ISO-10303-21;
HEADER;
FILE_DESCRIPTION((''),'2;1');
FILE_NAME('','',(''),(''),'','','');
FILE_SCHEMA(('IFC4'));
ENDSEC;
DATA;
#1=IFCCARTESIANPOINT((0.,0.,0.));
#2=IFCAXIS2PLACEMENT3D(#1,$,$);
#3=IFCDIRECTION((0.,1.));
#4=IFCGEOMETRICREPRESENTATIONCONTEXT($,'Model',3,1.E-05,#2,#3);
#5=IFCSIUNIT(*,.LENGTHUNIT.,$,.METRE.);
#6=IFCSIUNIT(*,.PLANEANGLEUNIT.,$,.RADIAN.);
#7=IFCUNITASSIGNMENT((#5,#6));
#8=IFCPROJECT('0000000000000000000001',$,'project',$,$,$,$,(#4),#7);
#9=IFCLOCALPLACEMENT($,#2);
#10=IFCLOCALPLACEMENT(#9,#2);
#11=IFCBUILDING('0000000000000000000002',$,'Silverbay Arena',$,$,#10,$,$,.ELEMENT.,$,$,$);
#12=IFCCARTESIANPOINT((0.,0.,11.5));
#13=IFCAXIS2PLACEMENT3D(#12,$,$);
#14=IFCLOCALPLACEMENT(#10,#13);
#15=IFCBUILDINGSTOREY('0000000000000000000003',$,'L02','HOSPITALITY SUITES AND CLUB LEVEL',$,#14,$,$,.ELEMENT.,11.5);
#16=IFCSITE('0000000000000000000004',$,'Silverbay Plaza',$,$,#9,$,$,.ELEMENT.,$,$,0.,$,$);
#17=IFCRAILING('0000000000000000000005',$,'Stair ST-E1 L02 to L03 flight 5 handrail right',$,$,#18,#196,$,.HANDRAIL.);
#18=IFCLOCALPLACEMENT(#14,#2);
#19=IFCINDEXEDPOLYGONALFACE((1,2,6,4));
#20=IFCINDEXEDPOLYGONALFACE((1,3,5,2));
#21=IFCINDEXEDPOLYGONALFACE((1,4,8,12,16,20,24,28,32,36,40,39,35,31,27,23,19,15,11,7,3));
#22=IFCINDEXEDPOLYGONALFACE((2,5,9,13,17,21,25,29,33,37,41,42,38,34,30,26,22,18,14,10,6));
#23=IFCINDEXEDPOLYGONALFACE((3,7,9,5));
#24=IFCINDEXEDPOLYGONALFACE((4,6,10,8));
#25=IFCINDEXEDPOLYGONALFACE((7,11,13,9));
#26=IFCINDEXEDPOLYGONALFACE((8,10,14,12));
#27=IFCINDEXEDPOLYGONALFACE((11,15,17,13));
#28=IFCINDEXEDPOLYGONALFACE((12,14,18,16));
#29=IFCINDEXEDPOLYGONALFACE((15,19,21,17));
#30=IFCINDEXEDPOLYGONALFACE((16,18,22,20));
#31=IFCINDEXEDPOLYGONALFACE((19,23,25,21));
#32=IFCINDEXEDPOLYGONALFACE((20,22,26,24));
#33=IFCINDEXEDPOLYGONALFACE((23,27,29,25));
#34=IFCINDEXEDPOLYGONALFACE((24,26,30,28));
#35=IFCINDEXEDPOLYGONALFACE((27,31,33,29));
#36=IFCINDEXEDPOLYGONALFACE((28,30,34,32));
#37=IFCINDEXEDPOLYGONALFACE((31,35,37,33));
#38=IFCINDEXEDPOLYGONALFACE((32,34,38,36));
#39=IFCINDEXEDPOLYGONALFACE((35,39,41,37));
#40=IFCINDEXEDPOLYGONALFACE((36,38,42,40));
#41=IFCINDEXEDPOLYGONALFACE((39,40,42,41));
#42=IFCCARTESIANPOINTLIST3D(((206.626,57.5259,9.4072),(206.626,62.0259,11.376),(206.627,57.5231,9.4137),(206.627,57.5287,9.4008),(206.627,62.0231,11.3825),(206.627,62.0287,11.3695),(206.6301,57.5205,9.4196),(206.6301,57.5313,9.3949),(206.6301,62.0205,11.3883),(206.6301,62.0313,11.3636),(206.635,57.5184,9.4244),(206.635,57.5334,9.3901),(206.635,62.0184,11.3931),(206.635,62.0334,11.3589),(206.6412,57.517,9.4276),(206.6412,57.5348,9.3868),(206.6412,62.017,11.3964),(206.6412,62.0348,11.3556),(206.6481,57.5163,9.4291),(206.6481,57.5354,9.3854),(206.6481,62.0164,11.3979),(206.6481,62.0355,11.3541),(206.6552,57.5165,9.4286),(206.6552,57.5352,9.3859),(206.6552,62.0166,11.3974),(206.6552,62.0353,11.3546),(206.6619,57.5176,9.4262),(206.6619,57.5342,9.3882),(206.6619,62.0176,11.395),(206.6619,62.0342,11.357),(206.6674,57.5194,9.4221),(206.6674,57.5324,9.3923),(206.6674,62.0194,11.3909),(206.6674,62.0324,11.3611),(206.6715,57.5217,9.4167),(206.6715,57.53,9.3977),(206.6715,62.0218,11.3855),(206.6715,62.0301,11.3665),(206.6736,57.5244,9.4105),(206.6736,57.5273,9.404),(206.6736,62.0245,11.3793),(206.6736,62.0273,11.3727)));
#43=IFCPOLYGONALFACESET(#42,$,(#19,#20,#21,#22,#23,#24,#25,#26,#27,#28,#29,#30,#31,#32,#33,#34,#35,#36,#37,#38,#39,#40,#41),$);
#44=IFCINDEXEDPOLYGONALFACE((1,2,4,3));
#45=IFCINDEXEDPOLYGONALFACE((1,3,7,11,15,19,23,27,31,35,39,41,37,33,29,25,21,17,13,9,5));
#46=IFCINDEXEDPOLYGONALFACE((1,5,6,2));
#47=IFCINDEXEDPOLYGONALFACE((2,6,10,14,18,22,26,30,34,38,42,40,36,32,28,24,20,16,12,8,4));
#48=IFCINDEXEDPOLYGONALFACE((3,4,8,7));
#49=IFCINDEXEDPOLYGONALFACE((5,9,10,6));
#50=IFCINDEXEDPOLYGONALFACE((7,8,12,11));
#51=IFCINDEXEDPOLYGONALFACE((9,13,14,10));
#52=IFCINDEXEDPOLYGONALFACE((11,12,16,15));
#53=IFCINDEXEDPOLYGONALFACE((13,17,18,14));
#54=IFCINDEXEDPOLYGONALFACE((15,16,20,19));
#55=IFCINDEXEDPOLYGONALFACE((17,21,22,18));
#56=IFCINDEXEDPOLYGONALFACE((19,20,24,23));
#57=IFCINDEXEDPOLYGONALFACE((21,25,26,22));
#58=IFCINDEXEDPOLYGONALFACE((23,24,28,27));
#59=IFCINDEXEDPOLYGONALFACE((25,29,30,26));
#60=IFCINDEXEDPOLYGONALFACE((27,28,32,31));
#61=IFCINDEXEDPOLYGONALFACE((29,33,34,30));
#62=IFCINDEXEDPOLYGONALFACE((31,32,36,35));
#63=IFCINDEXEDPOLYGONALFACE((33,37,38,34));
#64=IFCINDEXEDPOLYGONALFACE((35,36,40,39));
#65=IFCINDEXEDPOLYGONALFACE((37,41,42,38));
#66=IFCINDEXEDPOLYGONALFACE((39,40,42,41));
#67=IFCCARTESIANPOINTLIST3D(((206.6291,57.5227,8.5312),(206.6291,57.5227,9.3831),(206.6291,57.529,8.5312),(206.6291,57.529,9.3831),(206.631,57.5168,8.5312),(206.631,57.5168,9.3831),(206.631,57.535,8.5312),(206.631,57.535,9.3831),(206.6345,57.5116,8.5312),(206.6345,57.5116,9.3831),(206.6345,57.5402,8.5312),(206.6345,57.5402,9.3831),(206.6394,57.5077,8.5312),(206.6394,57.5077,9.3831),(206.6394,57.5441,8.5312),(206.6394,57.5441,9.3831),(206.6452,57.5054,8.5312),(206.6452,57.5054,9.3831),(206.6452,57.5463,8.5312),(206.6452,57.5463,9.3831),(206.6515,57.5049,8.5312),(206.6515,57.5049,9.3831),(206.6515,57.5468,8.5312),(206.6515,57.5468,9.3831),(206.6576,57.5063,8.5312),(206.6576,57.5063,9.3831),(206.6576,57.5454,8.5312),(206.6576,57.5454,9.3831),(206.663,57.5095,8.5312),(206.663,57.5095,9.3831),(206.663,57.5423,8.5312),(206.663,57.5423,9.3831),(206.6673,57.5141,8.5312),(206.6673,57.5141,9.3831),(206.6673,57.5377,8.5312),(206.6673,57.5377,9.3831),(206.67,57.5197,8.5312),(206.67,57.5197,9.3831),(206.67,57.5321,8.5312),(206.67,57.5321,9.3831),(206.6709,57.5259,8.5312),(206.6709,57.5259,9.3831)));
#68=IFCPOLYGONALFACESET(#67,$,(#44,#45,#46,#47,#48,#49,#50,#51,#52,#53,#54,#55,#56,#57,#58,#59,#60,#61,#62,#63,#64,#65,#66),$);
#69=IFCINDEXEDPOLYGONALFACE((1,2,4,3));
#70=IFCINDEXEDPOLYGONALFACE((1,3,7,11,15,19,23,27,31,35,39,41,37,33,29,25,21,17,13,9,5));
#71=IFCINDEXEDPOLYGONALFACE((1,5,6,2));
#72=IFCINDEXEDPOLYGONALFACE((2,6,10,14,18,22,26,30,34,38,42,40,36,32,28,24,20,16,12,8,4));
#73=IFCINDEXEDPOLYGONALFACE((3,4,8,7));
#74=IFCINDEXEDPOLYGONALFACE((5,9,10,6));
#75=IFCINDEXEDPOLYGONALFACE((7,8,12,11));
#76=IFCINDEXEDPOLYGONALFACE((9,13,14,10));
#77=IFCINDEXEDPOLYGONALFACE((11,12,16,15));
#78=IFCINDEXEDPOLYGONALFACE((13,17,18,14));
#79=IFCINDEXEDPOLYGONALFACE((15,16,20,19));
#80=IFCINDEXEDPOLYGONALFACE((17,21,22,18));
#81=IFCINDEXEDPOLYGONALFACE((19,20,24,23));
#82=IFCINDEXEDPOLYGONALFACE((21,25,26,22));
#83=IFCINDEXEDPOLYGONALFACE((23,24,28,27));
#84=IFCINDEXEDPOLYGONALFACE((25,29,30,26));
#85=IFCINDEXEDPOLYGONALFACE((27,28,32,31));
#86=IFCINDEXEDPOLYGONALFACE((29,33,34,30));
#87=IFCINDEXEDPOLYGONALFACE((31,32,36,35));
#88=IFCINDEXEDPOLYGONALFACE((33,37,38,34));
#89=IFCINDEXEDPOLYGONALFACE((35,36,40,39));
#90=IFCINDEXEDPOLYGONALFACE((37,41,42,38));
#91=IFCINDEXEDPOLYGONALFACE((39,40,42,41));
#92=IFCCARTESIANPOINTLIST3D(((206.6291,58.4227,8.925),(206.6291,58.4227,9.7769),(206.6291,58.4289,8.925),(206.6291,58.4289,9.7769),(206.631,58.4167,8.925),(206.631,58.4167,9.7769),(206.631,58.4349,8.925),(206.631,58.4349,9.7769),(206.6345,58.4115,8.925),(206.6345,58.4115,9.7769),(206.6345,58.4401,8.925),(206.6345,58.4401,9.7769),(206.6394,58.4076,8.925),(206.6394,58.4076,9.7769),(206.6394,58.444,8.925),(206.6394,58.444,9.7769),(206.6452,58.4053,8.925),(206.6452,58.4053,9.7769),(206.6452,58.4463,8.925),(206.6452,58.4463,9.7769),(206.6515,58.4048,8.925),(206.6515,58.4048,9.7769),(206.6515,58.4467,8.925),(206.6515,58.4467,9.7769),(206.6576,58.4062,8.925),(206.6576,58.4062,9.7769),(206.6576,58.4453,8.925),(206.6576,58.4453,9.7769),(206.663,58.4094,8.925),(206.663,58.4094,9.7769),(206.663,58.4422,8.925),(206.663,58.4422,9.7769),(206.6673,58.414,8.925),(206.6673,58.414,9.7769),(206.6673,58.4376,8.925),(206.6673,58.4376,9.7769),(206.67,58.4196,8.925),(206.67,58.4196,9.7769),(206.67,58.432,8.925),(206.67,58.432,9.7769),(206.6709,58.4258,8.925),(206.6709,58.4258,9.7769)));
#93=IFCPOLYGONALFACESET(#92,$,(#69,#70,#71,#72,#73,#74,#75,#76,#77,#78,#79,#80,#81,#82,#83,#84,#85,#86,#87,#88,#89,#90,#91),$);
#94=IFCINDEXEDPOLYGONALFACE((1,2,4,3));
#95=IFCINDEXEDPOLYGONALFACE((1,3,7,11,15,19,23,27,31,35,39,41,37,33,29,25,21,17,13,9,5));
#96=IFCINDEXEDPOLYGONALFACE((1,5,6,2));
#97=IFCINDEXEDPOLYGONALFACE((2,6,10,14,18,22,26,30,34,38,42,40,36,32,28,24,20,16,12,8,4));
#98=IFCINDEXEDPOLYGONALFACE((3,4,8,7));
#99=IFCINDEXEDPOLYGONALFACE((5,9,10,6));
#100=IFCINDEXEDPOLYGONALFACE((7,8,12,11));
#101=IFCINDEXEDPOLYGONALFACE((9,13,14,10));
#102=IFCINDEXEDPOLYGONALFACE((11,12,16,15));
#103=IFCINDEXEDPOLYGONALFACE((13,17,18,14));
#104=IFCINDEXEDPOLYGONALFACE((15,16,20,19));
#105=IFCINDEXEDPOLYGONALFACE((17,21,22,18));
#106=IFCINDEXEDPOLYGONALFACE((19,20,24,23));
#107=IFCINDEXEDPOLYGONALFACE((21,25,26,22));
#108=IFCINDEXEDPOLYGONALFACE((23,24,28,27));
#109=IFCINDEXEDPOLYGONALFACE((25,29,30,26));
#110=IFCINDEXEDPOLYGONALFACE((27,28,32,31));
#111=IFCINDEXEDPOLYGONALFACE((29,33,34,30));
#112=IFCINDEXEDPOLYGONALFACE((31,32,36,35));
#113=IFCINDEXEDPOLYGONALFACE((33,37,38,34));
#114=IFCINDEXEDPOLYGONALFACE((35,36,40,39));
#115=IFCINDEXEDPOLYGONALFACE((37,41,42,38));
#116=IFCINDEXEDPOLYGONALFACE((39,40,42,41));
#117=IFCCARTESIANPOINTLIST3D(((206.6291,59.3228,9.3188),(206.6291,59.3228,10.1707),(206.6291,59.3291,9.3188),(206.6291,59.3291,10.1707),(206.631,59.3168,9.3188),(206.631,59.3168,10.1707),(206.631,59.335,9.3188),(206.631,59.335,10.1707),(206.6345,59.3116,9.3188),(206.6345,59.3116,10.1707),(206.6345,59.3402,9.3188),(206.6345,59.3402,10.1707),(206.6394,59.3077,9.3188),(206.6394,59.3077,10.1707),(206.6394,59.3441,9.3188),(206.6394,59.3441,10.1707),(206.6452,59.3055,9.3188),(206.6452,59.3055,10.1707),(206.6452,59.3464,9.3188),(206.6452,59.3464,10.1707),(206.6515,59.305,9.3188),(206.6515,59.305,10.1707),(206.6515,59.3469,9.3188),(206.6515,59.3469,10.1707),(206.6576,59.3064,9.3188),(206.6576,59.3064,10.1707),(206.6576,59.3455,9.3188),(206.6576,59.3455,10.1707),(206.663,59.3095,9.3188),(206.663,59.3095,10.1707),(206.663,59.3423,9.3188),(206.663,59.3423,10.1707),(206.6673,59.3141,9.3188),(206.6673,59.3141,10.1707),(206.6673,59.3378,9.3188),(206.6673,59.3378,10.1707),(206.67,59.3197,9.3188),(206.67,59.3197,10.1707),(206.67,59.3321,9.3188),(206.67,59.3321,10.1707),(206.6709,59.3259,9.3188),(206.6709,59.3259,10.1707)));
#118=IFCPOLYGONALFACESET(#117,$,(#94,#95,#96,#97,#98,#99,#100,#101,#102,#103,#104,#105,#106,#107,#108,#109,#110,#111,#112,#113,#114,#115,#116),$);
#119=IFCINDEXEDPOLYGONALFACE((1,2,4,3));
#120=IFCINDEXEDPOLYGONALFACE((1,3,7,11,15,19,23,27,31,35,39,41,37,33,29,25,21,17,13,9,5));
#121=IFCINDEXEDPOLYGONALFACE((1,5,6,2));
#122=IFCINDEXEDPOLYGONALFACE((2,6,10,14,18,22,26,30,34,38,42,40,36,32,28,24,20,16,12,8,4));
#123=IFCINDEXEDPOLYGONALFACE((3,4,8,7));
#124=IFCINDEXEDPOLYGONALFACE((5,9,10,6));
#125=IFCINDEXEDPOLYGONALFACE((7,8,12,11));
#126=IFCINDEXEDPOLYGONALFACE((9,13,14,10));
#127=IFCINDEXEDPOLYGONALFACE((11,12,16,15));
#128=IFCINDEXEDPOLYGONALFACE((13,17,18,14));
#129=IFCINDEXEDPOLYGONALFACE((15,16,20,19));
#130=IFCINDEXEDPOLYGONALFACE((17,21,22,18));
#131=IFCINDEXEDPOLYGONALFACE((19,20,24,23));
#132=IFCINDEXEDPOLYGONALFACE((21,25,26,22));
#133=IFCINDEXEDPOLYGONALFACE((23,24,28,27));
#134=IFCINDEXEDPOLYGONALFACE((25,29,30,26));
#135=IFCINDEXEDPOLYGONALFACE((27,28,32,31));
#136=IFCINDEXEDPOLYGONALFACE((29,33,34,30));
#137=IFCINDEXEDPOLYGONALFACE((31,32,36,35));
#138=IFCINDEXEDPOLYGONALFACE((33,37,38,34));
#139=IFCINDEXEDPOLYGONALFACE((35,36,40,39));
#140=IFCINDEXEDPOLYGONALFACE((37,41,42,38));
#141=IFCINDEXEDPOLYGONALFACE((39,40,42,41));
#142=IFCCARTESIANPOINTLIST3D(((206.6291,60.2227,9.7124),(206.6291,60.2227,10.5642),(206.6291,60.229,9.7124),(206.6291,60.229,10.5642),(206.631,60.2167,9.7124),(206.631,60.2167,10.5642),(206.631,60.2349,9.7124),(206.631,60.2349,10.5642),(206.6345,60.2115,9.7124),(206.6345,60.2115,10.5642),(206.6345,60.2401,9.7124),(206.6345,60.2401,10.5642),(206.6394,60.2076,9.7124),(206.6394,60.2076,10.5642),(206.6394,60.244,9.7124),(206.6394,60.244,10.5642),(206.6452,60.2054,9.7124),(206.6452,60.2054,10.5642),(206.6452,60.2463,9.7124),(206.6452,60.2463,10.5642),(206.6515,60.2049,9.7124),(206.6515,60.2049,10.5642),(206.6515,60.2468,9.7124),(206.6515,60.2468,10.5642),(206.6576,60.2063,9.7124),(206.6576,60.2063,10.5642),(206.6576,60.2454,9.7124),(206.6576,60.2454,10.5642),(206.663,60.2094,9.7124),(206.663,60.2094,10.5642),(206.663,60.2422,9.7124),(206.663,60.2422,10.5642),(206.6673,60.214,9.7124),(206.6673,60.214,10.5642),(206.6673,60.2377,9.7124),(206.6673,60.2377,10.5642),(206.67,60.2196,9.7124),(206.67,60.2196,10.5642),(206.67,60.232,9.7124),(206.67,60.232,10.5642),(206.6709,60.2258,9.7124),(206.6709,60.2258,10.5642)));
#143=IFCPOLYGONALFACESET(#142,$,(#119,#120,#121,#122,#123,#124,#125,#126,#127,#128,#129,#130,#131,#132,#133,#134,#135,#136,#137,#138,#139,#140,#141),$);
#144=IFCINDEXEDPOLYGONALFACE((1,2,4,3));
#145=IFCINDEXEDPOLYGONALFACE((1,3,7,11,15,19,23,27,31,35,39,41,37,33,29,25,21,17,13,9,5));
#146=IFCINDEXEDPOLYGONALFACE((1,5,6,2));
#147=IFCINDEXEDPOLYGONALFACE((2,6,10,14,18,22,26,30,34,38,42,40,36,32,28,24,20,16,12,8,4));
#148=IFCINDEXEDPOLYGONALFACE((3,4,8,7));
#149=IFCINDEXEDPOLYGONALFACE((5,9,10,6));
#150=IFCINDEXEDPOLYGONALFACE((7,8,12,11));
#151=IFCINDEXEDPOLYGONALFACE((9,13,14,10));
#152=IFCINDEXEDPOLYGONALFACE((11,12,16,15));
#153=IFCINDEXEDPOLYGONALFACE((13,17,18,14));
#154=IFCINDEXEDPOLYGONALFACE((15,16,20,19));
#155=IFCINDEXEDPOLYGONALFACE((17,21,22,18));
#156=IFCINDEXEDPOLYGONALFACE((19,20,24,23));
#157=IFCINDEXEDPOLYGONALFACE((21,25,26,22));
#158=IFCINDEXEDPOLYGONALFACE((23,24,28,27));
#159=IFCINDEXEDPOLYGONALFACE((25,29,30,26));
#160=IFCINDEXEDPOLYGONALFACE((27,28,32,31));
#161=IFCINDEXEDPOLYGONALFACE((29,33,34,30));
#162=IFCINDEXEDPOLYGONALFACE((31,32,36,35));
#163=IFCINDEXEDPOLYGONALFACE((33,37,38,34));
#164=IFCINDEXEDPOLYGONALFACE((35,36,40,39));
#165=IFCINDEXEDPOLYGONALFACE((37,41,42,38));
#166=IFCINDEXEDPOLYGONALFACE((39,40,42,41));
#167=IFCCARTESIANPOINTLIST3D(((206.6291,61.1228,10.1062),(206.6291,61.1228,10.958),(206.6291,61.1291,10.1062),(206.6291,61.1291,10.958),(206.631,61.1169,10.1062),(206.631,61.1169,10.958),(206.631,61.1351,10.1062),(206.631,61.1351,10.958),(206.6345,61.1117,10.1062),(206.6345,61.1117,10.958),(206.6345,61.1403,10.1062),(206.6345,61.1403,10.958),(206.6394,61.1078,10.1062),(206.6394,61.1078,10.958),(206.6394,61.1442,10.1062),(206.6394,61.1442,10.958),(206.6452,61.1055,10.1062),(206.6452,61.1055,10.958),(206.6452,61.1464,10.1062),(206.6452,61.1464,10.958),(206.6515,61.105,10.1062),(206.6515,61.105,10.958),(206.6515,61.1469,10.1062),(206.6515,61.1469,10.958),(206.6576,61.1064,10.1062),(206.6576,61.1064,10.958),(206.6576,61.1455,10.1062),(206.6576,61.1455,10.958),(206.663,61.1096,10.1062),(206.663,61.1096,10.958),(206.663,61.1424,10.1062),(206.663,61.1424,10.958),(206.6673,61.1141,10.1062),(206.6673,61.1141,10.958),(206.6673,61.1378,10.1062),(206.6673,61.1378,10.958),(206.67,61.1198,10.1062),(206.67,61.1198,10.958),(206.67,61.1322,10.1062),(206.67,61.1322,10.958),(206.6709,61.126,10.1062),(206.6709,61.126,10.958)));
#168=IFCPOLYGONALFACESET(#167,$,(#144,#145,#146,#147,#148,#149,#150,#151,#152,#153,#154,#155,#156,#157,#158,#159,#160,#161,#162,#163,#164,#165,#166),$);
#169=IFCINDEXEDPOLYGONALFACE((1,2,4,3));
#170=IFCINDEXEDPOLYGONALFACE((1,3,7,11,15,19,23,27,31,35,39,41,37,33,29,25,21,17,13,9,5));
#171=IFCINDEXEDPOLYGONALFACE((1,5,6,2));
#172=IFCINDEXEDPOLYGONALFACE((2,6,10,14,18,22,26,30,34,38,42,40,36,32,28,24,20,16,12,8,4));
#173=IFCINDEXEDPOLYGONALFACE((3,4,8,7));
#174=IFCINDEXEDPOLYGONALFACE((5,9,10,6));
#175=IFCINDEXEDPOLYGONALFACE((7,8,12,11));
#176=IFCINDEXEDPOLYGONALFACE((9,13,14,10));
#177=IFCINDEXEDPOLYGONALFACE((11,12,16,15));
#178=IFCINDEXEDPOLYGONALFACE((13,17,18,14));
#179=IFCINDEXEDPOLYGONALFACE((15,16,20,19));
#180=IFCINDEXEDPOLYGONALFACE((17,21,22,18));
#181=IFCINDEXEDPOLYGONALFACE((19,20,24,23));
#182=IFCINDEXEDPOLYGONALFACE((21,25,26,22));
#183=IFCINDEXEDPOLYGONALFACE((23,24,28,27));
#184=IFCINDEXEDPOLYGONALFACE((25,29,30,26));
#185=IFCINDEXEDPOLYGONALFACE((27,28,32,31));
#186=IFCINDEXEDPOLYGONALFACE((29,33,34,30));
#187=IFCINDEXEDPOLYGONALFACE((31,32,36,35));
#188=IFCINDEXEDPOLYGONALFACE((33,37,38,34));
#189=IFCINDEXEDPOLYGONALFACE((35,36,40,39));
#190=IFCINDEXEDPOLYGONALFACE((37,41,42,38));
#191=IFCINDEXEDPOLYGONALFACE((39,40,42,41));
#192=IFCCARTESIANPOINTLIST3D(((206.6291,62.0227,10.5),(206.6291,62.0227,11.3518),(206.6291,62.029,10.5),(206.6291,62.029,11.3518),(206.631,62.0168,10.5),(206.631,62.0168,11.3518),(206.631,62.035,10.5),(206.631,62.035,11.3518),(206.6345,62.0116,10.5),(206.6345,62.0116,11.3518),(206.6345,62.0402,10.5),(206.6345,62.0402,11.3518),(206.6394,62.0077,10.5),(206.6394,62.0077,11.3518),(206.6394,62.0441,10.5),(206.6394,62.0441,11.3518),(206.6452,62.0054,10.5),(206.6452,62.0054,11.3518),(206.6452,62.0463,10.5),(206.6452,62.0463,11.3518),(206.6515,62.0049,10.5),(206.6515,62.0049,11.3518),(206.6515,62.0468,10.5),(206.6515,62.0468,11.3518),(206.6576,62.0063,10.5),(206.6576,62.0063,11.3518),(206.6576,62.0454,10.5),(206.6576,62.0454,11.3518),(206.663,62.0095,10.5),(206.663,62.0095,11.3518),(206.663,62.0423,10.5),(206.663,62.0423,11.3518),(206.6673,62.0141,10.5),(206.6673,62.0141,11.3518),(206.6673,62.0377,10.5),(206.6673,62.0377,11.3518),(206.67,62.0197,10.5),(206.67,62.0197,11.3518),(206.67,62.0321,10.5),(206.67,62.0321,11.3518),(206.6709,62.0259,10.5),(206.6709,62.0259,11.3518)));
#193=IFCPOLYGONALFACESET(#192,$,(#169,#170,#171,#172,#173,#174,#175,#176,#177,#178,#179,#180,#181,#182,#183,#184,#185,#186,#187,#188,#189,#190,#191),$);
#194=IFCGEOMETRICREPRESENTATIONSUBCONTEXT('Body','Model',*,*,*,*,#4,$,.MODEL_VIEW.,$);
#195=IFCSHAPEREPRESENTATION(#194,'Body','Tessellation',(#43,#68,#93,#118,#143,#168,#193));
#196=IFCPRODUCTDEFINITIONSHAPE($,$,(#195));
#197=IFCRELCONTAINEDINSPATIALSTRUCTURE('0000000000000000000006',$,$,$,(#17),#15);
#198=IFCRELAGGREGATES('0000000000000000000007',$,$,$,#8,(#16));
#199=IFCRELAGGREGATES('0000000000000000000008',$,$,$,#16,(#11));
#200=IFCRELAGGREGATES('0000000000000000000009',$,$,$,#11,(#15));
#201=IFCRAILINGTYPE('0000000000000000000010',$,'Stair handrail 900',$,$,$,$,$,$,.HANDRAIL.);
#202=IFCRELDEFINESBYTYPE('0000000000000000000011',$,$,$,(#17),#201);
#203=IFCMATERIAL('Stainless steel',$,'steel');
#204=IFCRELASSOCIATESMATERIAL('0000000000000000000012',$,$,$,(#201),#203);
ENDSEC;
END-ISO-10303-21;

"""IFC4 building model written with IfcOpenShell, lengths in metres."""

from ifc_helpers import new_model, si_unit, direction, frame, origin, origin_2d, place, context, subcontext, project, spatial, circle, extrude, material, type_object, element, save


model = new_model("IFC4")

# Units and contexts
model_context = context("Model", 3, precision=1e-05, world=origin(), true_north=direction((0.0, 1.0)))
body_context = subcontext(model_context, "Body", "Model", "MODEL_VIEW")
ifc_project = project(units=[si_unit("LENGTHUNIT", "METRE"), si_unit("PLANEANGLEUNIT", "RADIAN")], contexts=[model_context])

# Site, building, storey
site_placement = place(None, origin())
site = spatial("IfcSite", under=ifc_project, at=site_placement, Name="Silverbay Plaza", CompositionType="ELEMENT", RefElevation=0.0)
building_placement = place(site_placement, origin())
building = spatial("IfcBuilding", under=site, at=building_placement, Name="Silverbay Arena", CompositionType="ELEMENT")
storey_placement = place(building_placement, frame((0.0, 0.0, 11.5)))
storey = spatial("IfcBuildingStorey", under=building, at=storey_placement, Name="L02", Description="HOSPITALITY SUITES AND CLUB LEVEL", CompositionType="ELEMENT", Elevation=11.5)

# Railing
ifc_material_1 = material(Name="Stainless steel", Category="steel")
railing_type_1 = type_object("IfcRailingType", Name="Stair handrail 900", PredefinedType="HANDRAIL", material=ifc_material_1)
for number, where, name in (
    (1, (206.6499, 57.5259, 8.5312), "Stair ST-E1 L02 to L03 flight 5 handrail right"),
):
    element("IfcRailing", number, at=place(storey_placement, frame(where)), inside=storey, type_object=railing_type_1, Name=name, PredefinedType="HANDRAIL", context=body_context, shape_type="SweptSolid", body=[
        extrude(circle(Radius=0.0239, at=origin_2d()), frame((0.0, 0.0, 0.876), z_axis=(0.0, 0.916157, 0.400819), x_axis=(-1.0, 0.0, 0.0)), (0.0, 0.0, 1.0), 4.9119),
        extrude(circle(Radius=0.021, at=origin_2d()), origin(), (0.0, 0.0, 1.0), 0.8518),
        extrude(circle(Radius=0.021, at=origin_2d()), frame((0.0, 0.8999, 0.3938)), (0.0, 0.0, 1.0), 0.8518),
        extrude(circle(Radius=0.021, at=origin_2d()), frame((0.0, 1.8, 0.7876)), (0.0, 0.0, 1.0), 0.8518),
        extrude(circle(Radius=0.021, at=origin_2d()), frame((0.0, 2.7, 1.1812)), (0.0, 0.0, 1.0), 0.8518),
        extrude(circle(Radius=0.021, at=origin_2d()), frame((0.0, 3.6001, 1.575)), (0.0, 0.0, 1.0), 0.8518),
        extrude(circle(Radius=0.021, at=origin_2d()), frame((0.0, 4.5, 1.9688)), (0.0, 0.0, 1.0), 0.8518),
    ])

save(model, "model.ifc")
